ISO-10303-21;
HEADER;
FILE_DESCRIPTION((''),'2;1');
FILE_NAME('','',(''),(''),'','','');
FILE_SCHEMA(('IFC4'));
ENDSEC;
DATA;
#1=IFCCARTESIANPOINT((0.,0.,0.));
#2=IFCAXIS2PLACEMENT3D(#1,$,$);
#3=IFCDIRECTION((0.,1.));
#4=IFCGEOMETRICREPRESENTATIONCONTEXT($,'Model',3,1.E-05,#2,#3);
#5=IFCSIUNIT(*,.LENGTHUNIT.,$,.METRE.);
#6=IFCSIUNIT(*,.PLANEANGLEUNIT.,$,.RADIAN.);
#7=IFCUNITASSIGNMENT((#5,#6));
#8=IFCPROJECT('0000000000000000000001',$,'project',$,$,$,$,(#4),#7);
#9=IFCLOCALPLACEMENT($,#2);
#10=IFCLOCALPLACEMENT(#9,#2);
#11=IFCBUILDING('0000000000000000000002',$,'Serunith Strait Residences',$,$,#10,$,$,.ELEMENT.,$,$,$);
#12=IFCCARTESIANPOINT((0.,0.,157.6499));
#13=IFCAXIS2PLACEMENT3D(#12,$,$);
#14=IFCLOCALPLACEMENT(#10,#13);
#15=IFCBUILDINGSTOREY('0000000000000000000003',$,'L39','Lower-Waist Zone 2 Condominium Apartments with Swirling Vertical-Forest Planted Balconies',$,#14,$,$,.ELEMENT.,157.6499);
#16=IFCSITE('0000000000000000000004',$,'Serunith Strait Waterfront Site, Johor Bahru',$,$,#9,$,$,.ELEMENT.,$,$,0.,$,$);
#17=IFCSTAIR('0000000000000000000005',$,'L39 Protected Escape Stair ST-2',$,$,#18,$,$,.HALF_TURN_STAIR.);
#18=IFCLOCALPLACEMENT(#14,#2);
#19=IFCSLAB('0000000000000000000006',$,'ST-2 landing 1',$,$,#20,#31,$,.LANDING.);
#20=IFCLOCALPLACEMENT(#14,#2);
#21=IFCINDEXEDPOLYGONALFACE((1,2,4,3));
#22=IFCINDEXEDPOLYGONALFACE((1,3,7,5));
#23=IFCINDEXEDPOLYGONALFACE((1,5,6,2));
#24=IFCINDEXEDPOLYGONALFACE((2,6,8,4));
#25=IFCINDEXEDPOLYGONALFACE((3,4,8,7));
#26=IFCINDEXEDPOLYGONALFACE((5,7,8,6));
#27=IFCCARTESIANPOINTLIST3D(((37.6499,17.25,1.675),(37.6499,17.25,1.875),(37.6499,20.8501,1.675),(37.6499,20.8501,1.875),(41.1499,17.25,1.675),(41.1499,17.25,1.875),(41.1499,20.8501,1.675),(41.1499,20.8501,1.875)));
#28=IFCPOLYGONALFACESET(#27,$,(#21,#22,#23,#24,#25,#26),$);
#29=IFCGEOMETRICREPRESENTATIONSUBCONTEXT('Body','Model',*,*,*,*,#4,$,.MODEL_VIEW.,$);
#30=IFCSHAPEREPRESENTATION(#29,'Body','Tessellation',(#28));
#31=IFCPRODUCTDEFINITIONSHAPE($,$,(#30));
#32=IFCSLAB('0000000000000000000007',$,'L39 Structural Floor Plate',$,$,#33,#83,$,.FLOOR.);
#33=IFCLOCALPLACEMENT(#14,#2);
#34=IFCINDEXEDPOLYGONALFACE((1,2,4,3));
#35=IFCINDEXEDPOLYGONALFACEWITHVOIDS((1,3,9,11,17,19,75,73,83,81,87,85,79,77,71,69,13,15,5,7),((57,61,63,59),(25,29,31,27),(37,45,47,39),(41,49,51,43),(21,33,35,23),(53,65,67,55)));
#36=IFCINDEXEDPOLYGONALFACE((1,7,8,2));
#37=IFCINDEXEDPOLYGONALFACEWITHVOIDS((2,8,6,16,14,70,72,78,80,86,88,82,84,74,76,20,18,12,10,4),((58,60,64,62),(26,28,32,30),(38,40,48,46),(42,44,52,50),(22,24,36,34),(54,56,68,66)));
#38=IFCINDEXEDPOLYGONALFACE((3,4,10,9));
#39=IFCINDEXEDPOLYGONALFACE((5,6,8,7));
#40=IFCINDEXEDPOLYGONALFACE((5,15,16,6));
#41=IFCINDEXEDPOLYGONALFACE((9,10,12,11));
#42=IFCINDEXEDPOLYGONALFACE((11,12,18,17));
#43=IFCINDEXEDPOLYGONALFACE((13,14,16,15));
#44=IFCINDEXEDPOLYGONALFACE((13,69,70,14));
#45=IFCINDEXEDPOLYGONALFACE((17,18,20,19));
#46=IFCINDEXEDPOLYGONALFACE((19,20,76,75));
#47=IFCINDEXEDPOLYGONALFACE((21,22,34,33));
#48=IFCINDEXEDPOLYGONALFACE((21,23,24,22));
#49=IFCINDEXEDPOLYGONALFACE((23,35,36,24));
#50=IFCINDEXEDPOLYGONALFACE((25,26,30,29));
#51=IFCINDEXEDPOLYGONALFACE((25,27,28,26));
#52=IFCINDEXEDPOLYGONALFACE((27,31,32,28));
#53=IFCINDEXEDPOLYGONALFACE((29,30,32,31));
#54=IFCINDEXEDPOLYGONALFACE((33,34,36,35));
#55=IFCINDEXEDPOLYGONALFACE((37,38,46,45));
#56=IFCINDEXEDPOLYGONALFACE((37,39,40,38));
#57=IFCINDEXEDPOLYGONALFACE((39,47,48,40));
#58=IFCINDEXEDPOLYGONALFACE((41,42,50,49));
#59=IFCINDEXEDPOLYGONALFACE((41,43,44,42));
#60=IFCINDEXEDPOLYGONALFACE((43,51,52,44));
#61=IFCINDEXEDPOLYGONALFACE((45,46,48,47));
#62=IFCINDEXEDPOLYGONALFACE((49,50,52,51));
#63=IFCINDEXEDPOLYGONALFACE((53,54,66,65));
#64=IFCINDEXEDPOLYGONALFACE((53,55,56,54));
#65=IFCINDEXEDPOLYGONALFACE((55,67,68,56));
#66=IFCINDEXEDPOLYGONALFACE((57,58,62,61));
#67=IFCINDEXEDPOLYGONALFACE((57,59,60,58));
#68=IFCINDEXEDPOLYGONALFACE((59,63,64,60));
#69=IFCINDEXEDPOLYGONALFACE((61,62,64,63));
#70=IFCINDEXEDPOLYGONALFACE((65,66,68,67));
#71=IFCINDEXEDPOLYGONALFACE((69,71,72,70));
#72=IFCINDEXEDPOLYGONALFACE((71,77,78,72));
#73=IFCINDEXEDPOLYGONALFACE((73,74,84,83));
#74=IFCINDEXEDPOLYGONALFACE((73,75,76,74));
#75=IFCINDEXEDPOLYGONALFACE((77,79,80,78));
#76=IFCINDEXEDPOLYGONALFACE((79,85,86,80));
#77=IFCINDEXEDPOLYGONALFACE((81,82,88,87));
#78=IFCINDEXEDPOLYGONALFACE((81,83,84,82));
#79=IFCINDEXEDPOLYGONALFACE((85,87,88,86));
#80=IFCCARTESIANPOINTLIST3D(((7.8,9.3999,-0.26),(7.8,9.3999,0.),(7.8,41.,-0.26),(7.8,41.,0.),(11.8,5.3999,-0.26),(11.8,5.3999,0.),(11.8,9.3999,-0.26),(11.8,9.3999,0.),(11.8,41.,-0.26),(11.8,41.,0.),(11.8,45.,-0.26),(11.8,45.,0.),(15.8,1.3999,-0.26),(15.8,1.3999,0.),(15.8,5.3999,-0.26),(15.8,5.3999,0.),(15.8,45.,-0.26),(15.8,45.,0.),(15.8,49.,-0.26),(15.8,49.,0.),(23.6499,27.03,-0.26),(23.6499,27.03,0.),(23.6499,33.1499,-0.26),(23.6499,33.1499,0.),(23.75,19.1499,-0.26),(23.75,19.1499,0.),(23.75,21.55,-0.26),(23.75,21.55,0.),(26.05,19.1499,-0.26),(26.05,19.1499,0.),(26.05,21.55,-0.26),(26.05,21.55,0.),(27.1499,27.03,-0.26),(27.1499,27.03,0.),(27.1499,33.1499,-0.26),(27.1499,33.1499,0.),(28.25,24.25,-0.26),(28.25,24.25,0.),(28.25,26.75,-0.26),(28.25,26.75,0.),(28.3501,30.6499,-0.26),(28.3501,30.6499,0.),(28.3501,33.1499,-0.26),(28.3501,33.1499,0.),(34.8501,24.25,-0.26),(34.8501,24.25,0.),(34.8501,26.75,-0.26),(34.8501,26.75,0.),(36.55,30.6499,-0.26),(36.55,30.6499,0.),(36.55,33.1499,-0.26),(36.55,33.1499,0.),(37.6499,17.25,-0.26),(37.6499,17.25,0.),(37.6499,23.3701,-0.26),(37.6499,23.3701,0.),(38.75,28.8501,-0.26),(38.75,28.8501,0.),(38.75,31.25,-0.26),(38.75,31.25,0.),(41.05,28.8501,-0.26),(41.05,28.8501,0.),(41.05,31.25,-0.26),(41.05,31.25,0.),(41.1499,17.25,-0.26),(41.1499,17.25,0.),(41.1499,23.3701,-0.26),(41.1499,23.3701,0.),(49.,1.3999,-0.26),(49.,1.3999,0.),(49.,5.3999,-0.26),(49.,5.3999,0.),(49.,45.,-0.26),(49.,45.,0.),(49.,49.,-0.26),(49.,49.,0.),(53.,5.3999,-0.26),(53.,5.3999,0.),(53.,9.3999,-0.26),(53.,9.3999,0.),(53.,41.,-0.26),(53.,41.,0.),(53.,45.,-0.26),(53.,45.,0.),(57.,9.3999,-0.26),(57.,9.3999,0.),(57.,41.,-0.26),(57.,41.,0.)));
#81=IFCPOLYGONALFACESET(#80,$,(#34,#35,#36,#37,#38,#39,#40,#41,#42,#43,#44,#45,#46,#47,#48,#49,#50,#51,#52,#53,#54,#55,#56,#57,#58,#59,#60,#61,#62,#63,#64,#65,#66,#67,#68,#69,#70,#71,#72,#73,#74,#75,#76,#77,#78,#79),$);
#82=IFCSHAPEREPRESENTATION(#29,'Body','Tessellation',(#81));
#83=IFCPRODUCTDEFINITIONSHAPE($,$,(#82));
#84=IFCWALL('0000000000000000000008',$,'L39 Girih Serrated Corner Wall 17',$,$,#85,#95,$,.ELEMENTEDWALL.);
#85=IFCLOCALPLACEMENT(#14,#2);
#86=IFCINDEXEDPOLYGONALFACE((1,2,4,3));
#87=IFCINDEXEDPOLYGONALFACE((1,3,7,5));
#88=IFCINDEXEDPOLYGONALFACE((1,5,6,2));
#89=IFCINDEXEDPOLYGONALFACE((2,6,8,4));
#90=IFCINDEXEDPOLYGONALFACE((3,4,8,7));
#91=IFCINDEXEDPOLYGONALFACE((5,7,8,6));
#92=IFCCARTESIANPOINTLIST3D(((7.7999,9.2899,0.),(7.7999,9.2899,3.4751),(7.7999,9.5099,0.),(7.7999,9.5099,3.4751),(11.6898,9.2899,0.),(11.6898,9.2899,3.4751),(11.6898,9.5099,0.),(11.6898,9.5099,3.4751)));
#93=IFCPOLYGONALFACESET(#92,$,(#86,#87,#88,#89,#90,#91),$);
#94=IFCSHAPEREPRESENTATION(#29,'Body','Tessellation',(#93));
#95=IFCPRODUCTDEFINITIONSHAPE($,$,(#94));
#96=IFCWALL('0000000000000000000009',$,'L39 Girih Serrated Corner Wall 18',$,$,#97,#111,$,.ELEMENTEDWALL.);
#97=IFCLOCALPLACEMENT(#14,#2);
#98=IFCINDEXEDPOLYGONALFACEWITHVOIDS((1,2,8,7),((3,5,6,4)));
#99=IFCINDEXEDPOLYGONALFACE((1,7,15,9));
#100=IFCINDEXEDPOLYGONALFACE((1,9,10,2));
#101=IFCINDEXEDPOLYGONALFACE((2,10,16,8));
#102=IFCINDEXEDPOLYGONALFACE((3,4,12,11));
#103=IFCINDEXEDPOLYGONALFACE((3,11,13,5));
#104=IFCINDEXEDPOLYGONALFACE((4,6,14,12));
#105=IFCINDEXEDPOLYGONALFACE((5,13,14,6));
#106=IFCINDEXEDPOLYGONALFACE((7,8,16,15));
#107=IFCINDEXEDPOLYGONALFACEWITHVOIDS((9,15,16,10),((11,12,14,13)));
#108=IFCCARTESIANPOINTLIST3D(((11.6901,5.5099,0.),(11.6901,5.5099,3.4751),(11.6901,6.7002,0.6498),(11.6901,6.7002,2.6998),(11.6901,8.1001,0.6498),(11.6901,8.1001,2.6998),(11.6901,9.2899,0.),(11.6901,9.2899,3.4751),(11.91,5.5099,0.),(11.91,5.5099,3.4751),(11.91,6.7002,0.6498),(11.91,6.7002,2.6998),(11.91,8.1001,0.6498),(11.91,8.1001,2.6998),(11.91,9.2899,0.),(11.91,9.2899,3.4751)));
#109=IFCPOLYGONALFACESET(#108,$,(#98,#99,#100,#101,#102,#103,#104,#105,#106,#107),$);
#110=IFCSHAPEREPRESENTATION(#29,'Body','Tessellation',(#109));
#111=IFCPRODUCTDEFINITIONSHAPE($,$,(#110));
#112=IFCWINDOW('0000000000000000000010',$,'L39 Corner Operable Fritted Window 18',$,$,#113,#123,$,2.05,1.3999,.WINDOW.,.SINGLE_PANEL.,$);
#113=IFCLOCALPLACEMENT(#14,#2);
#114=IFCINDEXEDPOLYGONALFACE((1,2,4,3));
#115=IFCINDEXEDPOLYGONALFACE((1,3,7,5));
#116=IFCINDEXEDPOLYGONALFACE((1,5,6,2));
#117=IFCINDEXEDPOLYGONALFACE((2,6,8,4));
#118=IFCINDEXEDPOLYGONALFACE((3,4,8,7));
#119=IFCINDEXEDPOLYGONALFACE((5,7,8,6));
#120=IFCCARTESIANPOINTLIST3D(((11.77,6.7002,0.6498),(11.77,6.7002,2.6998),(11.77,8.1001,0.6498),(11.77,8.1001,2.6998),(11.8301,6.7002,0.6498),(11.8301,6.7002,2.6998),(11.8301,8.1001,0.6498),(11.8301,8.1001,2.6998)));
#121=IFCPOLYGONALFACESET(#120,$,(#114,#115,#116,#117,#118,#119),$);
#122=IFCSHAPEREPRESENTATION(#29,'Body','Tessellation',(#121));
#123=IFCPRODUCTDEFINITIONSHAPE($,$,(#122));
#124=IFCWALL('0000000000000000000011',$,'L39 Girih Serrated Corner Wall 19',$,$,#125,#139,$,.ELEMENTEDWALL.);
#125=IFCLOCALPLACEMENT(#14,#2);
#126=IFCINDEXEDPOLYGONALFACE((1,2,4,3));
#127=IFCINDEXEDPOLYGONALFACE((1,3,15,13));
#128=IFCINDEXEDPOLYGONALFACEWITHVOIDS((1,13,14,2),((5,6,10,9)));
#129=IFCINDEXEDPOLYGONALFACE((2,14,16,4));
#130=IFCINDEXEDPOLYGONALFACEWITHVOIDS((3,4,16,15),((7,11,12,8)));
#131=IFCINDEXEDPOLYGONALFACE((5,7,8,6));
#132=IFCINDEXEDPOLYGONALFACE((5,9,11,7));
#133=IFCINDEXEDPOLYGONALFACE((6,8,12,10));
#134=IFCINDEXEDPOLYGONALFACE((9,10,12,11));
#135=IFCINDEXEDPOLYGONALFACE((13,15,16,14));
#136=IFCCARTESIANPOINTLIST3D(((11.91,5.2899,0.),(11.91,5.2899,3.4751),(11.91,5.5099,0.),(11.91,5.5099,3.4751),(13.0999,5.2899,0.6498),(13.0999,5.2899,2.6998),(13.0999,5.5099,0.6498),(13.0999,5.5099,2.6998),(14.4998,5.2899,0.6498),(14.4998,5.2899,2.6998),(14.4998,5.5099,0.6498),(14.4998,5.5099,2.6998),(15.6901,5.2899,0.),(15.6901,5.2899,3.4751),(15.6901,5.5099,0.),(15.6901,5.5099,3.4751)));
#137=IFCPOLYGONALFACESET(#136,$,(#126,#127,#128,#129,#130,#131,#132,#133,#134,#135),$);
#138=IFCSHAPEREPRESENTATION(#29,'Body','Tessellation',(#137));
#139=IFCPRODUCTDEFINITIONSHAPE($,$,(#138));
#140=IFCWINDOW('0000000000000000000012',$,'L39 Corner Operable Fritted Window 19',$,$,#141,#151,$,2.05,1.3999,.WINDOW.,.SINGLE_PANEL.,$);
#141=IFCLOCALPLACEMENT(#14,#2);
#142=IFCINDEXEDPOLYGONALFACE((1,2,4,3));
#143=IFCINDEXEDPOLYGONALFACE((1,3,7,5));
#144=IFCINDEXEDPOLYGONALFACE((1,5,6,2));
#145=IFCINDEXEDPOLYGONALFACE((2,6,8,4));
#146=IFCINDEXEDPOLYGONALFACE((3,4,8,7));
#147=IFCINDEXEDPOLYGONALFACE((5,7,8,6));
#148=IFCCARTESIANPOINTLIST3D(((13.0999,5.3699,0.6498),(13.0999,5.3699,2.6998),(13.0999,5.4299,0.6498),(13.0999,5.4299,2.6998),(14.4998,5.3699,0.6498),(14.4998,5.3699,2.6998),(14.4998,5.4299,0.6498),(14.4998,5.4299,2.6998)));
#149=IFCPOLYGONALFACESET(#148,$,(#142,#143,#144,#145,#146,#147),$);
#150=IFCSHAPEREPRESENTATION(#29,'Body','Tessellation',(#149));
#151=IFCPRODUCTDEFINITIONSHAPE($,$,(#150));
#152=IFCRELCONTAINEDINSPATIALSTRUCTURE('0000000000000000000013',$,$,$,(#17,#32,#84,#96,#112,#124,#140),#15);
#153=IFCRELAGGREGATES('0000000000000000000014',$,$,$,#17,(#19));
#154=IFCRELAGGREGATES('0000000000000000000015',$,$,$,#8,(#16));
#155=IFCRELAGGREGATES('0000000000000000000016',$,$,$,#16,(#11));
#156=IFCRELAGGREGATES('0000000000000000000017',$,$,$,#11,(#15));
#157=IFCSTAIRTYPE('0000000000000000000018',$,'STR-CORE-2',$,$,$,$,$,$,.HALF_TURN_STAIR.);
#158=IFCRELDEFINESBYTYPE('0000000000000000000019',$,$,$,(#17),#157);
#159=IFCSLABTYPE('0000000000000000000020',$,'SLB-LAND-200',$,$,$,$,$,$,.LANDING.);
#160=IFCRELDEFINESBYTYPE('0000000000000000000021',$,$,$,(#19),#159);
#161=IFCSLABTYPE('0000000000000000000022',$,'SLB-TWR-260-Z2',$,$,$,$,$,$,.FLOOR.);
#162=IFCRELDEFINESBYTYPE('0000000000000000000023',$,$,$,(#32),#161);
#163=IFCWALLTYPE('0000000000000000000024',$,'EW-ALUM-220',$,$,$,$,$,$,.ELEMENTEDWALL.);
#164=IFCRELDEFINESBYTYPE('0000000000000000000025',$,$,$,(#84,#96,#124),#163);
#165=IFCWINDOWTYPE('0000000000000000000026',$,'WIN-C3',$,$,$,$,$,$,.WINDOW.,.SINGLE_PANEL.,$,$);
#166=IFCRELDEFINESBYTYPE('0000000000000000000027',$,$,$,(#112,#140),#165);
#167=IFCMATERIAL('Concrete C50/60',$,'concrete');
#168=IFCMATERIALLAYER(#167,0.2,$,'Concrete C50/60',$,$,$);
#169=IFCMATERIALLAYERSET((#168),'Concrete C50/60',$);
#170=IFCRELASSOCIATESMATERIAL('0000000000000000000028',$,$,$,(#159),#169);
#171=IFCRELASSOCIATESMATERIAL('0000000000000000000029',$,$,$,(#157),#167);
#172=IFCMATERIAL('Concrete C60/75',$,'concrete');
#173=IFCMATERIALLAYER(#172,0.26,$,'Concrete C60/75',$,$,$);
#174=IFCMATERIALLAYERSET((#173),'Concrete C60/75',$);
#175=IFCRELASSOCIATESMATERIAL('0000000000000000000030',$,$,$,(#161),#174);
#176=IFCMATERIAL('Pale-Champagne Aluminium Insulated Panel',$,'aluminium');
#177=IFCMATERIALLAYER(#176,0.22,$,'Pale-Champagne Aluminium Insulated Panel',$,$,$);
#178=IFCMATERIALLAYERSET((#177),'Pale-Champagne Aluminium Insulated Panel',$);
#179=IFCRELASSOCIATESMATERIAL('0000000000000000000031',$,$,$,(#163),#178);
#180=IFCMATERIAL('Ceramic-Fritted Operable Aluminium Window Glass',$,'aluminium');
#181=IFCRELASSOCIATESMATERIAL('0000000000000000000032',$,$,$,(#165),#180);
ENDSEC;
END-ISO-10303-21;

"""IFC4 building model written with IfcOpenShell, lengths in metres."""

from ifc_helpers import new_model, si_unit, direction, frame, frame_2d, origin, place, context, subcontext, project, spatial, polyline, rectangle, outline, extrude, source, transform, mapped, material, layer, layer_set, type_object, element, fill, aggregate, save


model = new_model("IFC4")

# Units and contexts
model_context = context("Model", 3, precision=1e-05, world=origin(), true_north=direction((0.0, 1.0)))
body_context = subcontext(model_context, "Body", "Model", "MODEL_VIEW")
ifc_project = project(units=[si_unit("LENGTHUNIT", "METRE"), si_unit("PLANEANGLEUNIT", "RADIAN")], contexts=[model_context])

# Site, building, storey
site_placement = place(None, origin())
site = spatial("IfcSite", under=ifc_project, at=site_placement, Name="Serunith Strait Waterfront Site, Johor Bahru", CompositionType="ELEMENT", RefElevation=0.0)
building_placement = place(site_placement, origin())
building = spatial("IfcBuilding", under=site, at=building_placement, Name="Serunith Strait Residences", CompositionType="ELEMENT")
storey_placement = place(building_placement, frame((0.0, 0.0, 157.6499)))
storey = spatial("IfcBuildingStorey", under=building, at=storey_placement, Name="L39", Description="Lower-Waist Zone 2 Condominium Apartments with Swirling Vertical-Forest Planted Balconies", CompositionType="ELEMENT", Elevation=157.6499)

# Shared definitions
ifc_material_1 = material(Name="Concrete C50/60", Category="concrete")

# Stair, slab
ifc_layer_1 = layer(ifc_material_1, 0.2, Name="Concrete C50/60")
ifc_layer_set_1 = layer_set([ifc_layer_1], Name="Concrete C50/60")
slab_type_1 = type_object("IfcSlabType", Name="SLB-LAND-200", PredefinedType="LANDING", material=ifc_layer_set_1)
stair_type_1 = type_object("IfcStairType", Name="STR-CORE-2", PredefinedType="HALF_TURN_STAIR", material=ifc_material_1)
stair_1_placement = place(storey_placement, origin())
stair_1 = element("IfcStair", 1, at=stair_1_placement, inside=storey, type_object=stair_type_1, Name="L39 Protected Escape Stair ST-2", PredefinedType="HALF_TURN_STAIR")
slab_1_placement = place(storey_placement, frame((0.0, 0.0, 1.675)))
slab_1 = element("IfcSlab", 2, at=slab_1_placement, type_object=slab_type_1, Name="ST-2 landing 1", PredefinedType="LANDING", context=body_context, shape_type="SweptSolid", body=[
    extrude(outline(polyline([(37.6499, 20.8501), (37.6499, 17.25), (41.1499, 17.25), (41.1499, 20.8501), (37.6499, 20.8501)])), origin(), (0.0, 0.0, 1.0), 0.2),
])
aggregate(stair_1, [slab_1])

# Slab
ifc_material_2 = material(Name="Concrete C60/75", Category="concrete")
ifc_layer_2 = layer(ifc_material_2, 0.26, Name="Concrete C60/75")
ifc_layer_set_2 = layer_set([ifc_layer_2], Name="Concrete C60/75")
slab_type_2 = type_object("IfcSlabType", Name="SLB-TWR-260-Z2", PredefinedType="FLOOR", material=ifc_layer_set_2)
slab_2_placement = place(storey_placement, frame((0.0, 0.0, -0.26)))
element("IfcSlab", 3, at=slab_2_placement, inside=storey, type_object=slab_type_2, Name="L39 Structural Floor Plate", PredefinedType="FLOOR", context=body_context, shape_type="SweptSolid", body=[
    extrude(outline(polyline([(15.8, 5.3999), (11.8, 5.3999), (11.8, 9.3999), (7.8, 9.3999), (7.8, 41.0), (11.8, 41.0), (11.8, 45.0), (15.8, 45.0), (15.8, 49.0), (49.0, 49.0), (49.0, 45.0), (53.0, 45.0), (53.0, 41.0), (57.0, 41.0), (57.0, 9.3999), (53.0, 9.3999), (53.0, 5.3999), (49.0, 5.3999), (49.0, 1.3999), (15.8, 1.3999), (15.8, 5.3999)]), holes=[polyline([(41.1499, 23.3701), (37.6499, 23.3701), (37.6499, 17.25), (41.1499, 17.25), (41.1499, 23.3701)]), polyline([(38.75, 31.25), (38.75, 28.8501), (41.05, 28.8501), (41.05, 31.25), (38.75, 31.25)]), polyline([(36.55, 33.1499), (28.3501, 33.1499), (28.3501, 30.6499), (36.55, 30.6499), (36.55, 33.1499)]), polyline([(34.8501, 26.75), (28.25, 26.75), (28.25, 24.25), (34.8501, 24.25), (34.8501, 26.75)]), polyline([(23.6499, 33.1499), (23.6499, 27.03), (27.1499, 27.03), (27.1499, 33.1499), (23.6499, 33.1499)]), polyline([(26.05, 21.55), (23.75, 21.55), (23.75, 19.1499), (26.05, 19.1499), (26.05, 21.55)])]), origin(), (0.0, 0.0, 1.0), 0.26),
])

# Wall
ifc_material_3 = material(Name="Pale-Champagne Aluminium Insulated Panel", Category="aluminium")
ifc_layer_3 = layer(ifc_material_3, 0.22, Name="Pale-Champagne Aluminium Insulated Panel")
ifc_layer_set_3 = layer_set([ifc_layer_3], Name="Pale-Champagne Aluminium Insulated Panel")
wall_type_1 = type_object("IfcWallType", Name="EW-ALUM-220", PredefinedType="ELEMENTEDWALL", material=ifc_layer_set_3)
wall_1_placement = place(storey_placement, frame((7.8, 9.3999, 0.0), z_axis=(0.0, 0.0, 1.0), x_axis=(1.0, 0.0, 0.0)))
element("IfcWall", 4, at=wall_1_placement, inside=storey, type_object=wall_type_1, Name="L39 Girih Serrated Corner Wall 17", PredefinedType="ELEMENTEDWALL", context=body_context, shape_type="SweptSolid", body=[
    extrude(rectangle(XDim=3.8899, YDim=0.22, at=frame_2d((1.9448, 0.0))), origin(), (0.0, 0.0, 1.0), 3.4751),
])

# Walls, openings, windows
wall_2_placement = place(storey_placement, frame((11.8, 9.29, 0.0), z_axis=(0.0, 0.0, 1.0), x_axis=(0.0, -1.0, 0.0)))
wall_2 = element("IfcWall", 5, at=wall_2_placement, inside=storey, type_object=wall_type_1, Name="L39 Girih Serrated Corner Wall 18", PredefinedType="ELEMENTEDWALL", context=body_context, shape_type="SweptSolid", body=[
    extrude(rectangle(XDim=3.78, YDim=0.22, at=frame_2d((1.8901, 0.0))), origin(), (0.0, 0.0, 1.0), 3.4751),
])
opening_1_placement = place(wall_2_placement, frame((1.1899, 0.0, 0.6499)))
opening_1 = element("IfcOpeningElement", 6, at=opening_1_placement, cuts=wall_2, PredefinedType="OPENING", context=body_context, shape_type="SweptSolid", body=[
    extrude(rectangle(XDim=1.3999, YDim=2.05, at=frame_2d((0.7, 1.0249))), frame((0.0, 0.1201, 0.0), z_axis=(0.0, -1.0, 0.0), x_axis=(1.0, 0.0, 0.0)), (0.0, 0.0, 1.0), 0.24),
])
ifc_material_4 = material(Name="Ceramic-Fritted Operable Aluminium Window Glass", Category="aluminium")
window_type = type_object("IfcWindowType", Name="WIN-C3", PartitioningType="SINGLE_PANEL", PredefinedType="WINDOW", material=ifc_material_4)
shared_shape_1 = source(origin(), body_context, "Body", "SweptSolid", [
    extrude(rectangle(XDim=1.3999, YDim=2.05, at=frame_2d((0.7, 1.0249))), frame((0.0, 0.03, 0.0), z_axis=(0.0, -1.0, 0.0), x_axis=(1.0, 0.0, 0.0)), (0.0, 0.0, 1.0), 0.0601),
])
window_1_placement = place(opening_1_placement, origin())
window_1 = element("IfcWindow", 7, at=window_1_placement, inside=storey, type_object=window_type, Name="L39 Corner Operable Fritted Window 18", OverallHeight=2.05, OverallWidth=1.3999, PartitioningType="SINGLE_PANEL", PredefinedType="WINDOW", context=body_context, shape_type="MappedRepresentation", body=[
    mapped(shared_shape_1, transform((0.0, 0.0, 0.0), scale=1.0)),
])
fill(opening_1, window_1)
wall_3_placement = place(storey_placement, frame((11.9099, 5.3999, 0.0), z_axis=(0.0, 0.0, 1.0), x_axis=(1.0, 0.0, 0.0)))
wall_3 = element("IfcWall", 8, at=wall_3_placement, inside=storey, type_object=wall_type_1, Name="L39 Girih Serrated Corner Wall 19", PredefinedType="ELEMENTEDWALL", context=body_context, shape_type="SweptSolid", body=[
    extrude(rectangle(XDim=3.78, YDim=0.22, at=frame_2d((1.8901, 0.0))), origin(), (0.0, 0.0, 1.0), 3.4751),
])
opening_2_placement = place(wall_3_placement, frame((1.1899, 0.0, 0.6499)))
opening_2 = element("IfcOpeningElement", 9, at=opening_2_placement, cuts=wall_3, PredefinedType="OPENING", context=body_context, shape_type="SweptSolid", body=[
    extrude(rectangle(XDim=1.3999, YDim=2.05, at=frame_2d((0.7, 1.0249))), frame((0.0, 0.1201, 0.0), z_axis=(0.0, -1.0, 0.0), x_axis=(1.0, 0.0, 0.0)), (0.0, 0.0, 1.0), 0.24),
])
window_2_placement = place(opening_2_placement, origin())
window_2 = element("IfcWindow", 10, at=window_2_placement, inside=storey, type_object=window_type, Name="L39 Corner Operable Fritted Window 19", OverallHeight=2.05, OverallWidth=1.3999, PartitioningType="SINGLE_PANEL", PredefinedType="WINDOW", context=body_context, shape_type="MappedRepresentation", body=[
    mapped(shared_shape_1, transform((0.0, 0.0, 0.0), scale=1.0)),
])
fill(opening_2, window_2)

save(model, "model.ifc")
